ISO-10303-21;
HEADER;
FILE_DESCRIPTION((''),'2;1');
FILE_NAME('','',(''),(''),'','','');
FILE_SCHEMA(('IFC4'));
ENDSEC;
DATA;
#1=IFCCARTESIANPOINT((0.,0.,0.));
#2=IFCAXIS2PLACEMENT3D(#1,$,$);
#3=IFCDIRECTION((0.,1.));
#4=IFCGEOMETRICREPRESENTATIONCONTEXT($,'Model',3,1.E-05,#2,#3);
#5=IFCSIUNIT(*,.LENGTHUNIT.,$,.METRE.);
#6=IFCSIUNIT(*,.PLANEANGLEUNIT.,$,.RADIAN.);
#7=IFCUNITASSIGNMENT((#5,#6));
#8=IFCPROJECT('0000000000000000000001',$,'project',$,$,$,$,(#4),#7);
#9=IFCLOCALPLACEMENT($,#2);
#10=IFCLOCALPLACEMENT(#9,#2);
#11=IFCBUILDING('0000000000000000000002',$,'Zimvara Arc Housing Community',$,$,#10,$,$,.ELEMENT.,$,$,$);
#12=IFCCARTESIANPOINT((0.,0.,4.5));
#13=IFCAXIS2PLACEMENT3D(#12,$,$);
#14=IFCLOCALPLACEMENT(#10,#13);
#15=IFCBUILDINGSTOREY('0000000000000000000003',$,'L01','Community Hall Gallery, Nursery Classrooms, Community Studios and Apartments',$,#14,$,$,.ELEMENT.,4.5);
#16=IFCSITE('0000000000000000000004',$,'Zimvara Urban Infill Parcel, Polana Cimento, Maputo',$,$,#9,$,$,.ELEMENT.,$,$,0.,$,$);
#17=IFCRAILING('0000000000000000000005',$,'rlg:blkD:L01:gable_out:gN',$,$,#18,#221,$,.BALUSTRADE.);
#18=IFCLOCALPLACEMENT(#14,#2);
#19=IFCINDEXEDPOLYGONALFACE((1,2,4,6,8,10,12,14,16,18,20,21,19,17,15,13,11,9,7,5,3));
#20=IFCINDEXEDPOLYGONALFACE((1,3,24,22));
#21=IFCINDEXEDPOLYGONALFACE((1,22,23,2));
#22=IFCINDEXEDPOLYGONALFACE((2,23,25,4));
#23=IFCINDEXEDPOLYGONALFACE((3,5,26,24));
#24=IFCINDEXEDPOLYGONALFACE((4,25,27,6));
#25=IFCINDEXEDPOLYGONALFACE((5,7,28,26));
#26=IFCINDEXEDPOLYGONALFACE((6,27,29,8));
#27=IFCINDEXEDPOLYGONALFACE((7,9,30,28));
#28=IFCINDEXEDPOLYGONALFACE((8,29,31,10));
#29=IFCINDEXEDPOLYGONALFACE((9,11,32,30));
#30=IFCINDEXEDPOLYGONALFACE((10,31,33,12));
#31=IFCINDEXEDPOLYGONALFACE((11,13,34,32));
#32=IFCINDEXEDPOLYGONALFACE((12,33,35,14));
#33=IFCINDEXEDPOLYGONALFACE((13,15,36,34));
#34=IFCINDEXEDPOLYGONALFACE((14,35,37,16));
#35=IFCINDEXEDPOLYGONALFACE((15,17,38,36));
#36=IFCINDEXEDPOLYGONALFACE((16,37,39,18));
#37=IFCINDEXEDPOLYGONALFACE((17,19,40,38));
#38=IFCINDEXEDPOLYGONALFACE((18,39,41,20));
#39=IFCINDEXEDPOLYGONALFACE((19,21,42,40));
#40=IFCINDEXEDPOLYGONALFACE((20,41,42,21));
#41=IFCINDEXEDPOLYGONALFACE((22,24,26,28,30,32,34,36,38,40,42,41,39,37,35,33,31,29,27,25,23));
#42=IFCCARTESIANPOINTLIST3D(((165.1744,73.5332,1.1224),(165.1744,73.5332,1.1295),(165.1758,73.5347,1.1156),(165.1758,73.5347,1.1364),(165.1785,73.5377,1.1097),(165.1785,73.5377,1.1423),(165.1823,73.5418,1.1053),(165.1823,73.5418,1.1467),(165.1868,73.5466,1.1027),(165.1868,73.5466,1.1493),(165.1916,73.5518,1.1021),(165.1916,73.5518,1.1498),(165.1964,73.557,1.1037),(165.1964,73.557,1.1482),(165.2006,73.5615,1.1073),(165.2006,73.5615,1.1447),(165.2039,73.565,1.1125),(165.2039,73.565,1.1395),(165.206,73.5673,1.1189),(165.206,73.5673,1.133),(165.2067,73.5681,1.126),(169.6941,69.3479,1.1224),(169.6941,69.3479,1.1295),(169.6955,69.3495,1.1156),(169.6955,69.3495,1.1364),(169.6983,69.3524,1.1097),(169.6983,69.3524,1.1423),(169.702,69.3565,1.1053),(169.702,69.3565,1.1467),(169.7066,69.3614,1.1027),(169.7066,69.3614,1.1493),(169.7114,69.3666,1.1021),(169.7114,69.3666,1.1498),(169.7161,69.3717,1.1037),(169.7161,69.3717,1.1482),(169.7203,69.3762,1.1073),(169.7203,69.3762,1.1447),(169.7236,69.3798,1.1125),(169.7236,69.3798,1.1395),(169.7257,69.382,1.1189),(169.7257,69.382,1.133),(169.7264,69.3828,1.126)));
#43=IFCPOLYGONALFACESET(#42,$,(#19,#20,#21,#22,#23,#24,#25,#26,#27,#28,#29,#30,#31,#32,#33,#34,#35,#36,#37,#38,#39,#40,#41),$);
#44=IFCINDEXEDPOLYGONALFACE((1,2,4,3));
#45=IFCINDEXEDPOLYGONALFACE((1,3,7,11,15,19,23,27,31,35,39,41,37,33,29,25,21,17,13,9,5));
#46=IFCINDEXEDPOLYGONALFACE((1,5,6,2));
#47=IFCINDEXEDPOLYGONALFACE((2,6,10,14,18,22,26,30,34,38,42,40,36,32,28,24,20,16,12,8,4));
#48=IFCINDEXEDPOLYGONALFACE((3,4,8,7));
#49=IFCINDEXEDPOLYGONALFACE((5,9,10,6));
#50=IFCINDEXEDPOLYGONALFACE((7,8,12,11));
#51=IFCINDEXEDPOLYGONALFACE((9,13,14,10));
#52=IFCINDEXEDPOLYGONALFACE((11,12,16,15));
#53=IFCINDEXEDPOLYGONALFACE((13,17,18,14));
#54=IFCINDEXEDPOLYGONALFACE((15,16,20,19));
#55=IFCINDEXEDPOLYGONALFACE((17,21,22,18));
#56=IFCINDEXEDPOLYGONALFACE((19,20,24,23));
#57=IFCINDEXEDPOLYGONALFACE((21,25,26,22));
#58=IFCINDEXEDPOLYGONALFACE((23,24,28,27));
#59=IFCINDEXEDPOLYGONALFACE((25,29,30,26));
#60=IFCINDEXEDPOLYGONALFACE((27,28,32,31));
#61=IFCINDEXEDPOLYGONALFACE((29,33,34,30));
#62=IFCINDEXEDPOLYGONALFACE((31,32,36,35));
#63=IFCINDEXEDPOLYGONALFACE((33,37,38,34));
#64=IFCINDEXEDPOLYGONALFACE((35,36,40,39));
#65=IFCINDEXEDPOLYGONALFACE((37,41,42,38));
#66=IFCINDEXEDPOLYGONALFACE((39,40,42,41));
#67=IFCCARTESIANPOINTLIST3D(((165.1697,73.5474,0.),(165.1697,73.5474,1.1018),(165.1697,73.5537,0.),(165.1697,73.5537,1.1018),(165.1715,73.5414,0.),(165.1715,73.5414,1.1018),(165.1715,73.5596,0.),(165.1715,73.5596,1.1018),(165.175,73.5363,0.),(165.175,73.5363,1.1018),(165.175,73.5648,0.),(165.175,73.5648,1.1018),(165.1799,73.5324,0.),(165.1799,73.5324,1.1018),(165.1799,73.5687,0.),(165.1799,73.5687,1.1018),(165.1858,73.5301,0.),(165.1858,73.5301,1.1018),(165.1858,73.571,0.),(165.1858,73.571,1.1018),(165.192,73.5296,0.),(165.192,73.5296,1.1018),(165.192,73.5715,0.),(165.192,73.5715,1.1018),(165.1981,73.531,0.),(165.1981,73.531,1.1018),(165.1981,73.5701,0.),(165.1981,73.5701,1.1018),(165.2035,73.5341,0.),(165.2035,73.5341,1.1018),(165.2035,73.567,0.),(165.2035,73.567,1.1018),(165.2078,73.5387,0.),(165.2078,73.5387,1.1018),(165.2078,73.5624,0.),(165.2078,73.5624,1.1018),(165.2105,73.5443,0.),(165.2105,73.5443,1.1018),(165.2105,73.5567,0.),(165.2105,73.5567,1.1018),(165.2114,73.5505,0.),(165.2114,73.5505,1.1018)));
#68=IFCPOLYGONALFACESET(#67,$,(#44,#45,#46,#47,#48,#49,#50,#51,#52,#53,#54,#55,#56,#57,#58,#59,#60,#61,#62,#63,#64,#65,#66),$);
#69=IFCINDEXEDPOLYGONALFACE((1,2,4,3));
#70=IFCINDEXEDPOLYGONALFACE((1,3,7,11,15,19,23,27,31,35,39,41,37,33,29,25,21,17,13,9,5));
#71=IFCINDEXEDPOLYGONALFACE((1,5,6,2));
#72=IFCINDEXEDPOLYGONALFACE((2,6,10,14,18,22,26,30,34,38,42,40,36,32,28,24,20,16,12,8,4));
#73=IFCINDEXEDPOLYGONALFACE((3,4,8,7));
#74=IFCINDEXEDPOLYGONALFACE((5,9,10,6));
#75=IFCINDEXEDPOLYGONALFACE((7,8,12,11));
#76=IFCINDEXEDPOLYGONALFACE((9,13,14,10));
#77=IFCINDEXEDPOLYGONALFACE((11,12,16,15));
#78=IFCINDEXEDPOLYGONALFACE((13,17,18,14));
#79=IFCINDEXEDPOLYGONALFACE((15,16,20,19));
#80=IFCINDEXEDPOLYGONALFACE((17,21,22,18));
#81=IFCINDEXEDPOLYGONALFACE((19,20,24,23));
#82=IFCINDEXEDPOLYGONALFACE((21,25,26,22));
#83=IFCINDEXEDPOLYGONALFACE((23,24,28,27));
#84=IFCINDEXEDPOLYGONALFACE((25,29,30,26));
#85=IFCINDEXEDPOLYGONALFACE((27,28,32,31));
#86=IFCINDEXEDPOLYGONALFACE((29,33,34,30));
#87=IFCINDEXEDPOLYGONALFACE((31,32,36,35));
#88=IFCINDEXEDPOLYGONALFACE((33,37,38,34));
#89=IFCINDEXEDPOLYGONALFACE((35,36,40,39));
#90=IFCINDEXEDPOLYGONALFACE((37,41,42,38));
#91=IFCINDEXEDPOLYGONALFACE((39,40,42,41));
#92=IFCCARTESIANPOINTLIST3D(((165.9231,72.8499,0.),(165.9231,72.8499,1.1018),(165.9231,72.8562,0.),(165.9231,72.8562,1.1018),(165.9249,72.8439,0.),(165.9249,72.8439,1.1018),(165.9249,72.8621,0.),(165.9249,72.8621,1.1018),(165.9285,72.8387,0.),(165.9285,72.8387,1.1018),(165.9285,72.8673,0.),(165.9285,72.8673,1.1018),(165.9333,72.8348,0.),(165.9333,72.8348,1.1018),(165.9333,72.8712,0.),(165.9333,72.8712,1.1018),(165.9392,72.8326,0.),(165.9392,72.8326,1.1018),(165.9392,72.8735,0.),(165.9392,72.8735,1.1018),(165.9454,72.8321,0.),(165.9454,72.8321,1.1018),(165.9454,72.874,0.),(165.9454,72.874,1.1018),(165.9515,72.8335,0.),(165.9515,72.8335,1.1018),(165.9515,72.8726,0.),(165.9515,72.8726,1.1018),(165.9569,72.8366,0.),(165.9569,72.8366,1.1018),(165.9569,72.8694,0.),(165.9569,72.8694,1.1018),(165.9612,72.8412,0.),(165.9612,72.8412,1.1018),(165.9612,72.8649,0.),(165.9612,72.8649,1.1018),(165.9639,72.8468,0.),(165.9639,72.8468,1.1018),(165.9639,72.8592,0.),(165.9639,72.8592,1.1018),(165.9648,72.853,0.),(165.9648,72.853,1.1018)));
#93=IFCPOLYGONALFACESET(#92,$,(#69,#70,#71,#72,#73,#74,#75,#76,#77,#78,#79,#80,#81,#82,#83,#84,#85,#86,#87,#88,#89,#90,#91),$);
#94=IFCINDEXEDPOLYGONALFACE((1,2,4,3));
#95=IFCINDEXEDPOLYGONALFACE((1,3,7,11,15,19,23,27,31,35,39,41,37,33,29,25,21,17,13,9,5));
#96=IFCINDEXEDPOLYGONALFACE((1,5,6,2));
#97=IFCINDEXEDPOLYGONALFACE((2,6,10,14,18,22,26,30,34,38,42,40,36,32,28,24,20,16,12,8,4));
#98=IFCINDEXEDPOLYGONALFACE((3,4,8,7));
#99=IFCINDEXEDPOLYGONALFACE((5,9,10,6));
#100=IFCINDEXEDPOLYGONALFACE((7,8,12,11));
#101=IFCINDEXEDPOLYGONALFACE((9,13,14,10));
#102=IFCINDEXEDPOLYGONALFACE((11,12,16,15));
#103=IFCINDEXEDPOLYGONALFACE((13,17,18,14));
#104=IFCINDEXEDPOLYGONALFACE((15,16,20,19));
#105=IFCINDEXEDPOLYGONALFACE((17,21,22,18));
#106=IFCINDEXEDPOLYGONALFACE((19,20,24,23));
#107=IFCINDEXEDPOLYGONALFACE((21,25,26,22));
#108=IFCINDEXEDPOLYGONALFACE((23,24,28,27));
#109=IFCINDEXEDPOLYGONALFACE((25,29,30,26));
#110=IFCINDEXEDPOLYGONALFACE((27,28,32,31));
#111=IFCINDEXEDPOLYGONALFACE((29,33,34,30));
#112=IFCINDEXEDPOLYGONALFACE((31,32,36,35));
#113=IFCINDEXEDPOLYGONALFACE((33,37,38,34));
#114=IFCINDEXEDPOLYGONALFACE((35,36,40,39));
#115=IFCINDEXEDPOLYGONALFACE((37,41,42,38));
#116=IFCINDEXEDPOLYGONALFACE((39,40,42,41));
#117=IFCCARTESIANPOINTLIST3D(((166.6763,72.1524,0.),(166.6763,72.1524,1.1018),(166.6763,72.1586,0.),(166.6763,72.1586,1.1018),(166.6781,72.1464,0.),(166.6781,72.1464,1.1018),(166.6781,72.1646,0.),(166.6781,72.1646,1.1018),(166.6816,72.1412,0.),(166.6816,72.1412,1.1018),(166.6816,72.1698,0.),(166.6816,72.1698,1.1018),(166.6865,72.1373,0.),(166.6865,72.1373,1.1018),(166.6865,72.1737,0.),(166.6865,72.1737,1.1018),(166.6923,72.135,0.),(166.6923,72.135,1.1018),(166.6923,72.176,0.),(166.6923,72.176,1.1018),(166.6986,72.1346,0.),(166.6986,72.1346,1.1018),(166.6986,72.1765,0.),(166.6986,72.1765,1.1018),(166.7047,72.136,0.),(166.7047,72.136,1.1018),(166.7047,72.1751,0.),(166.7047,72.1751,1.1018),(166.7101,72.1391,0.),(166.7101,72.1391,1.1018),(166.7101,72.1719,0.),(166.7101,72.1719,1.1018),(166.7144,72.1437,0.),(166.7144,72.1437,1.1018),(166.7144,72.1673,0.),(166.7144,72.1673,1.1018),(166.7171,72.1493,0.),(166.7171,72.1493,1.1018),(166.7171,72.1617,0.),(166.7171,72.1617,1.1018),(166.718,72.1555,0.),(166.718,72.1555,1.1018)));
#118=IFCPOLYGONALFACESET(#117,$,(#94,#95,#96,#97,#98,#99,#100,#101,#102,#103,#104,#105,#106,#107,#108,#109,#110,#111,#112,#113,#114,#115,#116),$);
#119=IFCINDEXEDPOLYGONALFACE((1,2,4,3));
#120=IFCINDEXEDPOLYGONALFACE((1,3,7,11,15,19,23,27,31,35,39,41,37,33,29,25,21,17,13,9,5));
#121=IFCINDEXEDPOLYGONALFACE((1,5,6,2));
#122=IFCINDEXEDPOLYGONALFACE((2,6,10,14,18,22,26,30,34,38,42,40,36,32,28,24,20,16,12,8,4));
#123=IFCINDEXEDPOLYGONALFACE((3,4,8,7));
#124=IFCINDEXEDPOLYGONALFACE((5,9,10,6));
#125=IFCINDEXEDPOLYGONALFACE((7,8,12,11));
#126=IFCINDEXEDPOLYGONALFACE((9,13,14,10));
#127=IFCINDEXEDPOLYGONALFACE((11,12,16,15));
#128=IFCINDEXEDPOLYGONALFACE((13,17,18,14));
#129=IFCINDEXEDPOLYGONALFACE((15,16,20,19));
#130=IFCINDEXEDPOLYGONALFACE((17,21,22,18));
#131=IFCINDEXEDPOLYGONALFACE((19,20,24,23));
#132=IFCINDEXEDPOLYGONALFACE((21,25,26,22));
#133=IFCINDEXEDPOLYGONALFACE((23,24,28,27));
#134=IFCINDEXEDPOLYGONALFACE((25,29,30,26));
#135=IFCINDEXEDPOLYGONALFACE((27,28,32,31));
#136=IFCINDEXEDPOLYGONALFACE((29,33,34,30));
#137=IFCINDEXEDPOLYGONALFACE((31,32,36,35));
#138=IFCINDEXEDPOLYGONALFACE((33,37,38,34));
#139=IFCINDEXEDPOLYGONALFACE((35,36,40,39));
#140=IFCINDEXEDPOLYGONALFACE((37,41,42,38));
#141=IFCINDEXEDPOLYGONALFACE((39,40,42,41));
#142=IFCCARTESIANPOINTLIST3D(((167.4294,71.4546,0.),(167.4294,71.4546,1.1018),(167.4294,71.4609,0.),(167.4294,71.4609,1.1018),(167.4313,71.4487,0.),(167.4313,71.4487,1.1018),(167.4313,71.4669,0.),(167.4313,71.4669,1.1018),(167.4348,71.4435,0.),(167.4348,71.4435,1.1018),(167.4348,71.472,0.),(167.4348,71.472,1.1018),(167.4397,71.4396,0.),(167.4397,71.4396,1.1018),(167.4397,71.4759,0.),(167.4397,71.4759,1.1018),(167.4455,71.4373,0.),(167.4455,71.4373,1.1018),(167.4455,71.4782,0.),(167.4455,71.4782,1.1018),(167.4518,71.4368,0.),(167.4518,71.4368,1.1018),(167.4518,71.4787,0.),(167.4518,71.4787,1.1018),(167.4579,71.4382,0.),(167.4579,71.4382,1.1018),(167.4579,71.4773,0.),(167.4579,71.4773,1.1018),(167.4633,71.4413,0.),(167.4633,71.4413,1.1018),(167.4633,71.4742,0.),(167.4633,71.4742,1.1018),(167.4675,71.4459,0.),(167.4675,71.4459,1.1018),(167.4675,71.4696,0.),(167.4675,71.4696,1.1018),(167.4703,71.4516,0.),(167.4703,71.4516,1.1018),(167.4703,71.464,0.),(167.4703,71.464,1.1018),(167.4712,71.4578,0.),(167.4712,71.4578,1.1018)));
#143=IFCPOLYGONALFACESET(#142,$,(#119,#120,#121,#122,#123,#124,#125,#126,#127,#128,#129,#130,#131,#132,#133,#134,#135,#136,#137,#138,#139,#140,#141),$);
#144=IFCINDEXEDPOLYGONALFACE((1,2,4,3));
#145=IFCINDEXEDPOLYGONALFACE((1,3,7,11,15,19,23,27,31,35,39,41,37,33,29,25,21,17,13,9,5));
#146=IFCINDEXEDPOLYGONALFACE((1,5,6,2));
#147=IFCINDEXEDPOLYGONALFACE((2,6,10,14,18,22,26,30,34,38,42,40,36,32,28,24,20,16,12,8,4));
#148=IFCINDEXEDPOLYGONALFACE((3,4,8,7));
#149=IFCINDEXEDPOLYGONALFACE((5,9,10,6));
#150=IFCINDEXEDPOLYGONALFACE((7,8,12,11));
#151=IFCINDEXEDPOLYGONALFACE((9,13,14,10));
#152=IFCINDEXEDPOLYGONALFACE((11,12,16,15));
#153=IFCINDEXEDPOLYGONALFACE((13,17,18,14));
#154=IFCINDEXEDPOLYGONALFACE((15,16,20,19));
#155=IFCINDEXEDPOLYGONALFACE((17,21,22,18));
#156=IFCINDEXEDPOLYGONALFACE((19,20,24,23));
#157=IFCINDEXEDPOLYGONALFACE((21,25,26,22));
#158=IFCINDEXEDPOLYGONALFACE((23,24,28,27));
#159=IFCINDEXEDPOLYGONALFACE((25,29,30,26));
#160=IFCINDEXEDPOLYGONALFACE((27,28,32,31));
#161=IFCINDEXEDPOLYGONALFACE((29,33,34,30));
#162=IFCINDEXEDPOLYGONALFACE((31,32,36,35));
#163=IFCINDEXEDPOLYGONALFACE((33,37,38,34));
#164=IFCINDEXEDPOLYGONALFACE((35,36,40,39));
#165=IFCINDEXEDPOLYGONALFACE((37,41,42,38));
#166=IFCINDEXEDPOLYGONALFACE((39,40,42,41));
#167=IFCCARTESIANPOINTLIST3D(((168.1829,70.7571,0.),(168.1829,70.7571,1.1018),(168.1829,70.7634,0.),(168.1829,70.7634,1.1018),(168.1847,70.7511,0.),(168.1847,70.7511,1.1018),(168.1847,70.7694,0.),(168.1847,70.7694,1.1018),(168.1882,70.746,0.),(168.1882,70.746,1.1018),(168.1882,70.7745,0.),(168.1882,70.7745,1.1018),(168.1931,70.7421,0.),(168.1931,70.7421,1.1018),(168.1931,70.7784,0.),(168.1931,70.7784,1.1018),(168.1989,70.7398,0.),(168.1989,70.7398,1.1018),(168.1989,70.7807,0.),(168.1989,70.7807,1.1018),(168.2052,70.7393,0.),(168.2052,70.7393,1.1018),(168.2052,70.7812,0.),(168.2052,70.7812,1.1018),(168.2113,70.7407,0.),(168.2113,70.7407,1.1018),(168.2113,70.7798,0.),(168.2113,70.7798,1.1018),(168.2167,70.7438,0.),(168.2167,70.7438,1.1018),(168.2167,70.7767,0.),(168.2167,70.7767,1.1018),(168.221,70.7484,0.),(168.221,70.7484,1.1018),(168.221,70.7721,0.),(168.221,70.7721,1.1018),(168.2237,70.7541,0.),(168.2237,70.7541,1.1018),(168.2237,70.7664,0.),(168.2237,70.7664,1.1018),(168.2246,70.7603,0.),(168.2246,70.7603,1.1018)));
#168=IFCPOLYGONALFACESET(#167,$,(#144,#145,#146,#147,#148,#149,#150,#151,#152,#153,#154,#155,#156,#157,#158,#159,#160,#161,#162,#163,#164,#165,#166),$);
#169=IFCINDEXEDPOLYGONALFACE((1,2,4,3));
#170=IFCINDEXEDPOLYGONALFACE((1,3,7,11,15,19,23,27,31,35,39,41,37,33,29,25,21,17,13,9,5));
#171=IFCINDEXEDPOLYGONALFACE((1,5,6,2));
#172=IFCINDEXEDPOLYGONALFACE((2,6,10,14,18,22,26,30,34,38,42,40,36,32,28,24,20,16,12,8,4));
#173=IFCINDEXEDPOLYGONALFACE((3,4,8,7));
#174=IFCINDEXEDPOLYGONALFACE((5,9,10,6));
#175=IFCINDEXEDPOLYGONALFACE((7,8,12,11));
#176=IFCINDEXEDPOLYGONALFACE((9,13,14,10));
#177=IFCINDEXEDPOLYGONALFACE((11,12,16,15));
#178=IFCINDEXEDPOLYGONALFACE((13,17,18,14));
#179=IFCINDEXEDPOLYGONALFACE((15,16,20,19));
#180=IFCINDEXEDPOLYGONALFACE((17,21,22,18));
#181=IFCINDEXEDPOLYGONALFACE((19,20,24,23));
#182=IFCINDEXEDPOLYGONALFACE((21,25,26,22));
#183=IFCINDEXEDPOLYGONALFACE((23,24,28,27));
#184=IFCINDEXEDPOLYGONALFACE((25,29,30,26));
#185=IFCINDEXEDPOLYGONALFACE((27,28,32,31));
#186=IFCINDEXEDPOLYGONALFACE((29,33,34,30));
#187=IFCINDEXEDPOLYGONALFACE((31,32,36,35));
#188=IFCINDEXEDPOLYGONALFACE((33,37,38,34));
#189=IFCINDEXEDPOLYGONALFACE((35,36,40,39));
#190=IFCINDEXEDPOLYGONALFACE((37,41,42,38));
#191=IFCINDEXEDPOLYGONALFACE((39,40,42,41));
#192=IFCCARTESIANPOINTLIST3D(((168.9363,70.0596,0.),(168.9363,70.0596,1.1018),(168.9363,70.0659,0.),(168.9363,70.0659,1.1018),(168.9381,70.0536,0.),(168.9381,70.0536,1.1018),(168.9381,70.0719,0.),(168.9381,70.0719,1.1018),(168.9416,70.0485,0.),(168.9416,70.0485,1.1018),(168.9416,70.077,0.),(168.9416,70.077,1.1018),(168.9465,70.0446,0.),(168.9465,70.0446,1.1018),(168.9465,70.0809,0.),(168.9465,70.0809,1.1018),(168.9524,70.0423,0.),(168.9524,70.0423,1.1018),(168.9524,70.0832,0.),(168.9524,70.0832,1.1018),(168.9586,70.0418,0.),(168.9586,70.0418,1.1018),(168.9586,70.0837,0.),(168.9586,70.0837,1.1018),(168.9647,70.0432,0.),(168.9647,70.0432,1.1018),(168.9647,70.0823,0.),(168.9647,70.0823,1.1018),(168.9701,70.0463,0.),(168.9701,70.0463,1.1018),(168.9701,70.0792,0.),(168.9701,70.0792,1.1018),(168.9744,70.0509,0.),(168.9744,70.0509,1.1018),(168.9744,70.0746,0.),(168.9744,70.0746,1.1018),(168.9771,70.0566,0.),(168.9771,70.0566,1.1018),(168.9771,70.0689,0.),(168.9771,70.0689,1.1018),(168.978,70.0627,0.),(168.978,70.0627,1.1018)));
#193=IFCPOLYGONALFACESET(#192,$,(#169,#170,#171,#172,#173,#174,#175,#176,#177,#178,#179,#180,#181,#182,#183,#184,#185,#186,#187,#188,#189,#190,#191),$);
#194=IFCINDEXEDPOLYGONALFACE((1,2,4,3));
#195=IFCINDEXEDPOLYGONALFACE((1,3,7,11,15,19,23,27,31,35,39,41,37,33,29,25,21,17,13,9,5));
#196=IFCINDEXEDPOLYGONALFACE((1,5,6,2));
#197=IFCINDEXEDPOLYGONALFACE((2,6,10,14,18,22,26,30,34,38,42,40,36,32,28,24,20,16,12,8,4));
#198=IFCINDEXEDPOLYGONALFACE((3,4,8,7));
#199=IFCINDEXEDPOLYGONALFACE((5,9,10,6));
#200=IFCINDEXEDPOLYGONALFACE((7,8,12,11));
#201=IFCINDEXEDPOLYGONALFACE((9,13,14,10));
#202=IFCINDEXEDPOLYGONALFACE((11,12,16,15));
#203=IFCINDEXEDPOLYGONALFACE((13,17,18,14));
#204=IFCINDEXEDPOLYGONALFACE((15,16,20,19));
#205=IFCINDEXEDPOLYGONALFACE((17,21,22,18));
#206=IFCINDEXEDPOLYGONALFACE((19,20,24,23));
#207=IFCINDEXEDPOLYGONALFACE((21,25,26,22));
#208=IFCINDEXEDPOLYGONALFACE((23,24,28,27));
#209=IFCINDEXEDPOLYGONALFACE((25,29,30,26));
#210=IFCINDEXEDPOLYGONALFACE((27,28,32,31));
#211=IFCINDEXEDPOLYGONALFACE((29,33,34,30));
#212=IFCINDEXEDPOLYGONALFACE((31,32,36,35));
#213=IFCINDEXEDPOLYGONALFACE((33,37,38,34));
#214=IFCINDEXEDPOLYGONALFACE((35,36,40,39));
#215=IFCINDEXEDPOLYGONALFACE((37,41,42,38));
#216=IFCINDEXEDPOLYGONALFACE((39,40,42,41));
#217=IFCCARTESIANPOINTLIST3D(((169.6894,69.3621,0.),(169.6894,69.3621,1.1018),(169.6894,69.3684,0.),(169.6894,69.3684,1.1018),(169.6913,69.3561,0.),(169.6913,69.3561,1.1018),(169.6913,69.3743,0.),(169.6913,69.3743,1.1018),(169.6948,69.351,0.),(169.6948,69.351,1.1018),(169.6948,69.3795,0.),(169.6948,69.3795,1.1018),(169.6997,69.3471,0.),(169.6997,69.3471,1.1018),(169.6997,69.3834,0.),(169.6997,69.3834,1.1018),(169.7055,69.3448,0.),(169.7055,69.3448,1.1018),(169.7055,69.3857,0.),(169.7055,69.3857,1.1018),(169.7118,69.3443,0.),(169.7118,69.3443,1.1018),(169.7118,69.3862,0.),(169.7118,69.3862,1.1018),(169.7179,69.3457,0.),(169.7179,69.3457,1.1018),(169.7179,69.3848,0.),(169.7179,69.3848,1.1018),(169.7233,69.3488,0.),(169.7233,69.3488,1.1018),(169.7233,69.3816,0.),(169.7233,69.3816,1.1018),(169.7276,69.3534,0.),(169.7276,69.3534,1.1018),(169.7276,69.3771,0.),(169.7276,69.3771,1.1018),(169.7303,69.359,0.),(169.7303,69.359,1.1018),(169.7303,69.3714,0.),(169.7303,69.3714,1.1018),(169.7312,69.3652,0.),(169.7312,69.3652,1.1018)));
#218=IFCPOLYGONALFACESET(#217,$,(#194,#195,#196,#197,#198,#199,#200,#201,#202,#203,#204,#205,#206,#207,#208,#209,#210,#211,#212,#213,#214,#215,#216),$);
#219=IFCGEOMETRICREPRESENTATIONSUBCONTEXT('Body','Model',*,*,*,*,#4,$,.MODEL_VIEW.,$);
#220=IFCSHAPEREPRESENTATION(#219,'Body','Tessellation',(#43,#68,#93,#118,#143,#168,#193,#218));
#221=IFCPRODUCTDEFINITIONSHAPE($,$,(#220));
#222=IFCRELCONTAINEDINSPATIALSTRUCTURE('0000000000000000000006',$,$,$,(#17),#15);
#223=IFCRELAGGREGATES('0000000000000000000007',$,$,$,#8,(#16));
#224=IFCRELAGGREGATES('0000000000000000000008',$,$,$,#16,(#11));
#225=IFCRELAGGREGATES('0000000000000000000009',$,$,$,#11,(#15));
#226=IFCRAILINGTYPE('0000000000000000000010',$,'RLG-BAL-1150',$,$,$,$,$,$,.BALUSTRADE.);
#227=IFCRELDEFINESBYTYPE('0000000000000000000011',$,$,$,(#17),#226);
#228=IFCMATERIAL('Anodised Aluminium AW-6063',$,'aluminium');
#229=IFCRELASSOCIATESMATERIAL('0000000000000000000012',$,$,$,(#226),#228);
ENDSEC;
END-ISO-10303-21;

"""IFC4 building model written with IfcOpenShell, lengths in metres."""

from ifc_helpers import new_model, si_unit, direction, frame, origin, origin_2d, place, context, subcontext, project, spatial, circle, extrude, material, type_object, element, save


model = new_model("IFC4")

# Units and contexts
model_context = context("Model", 3, precision=1e-05, world=origin(), true_north=direction((0.0, 1.0)))
body_context = subcontext(model_context, "Body", "Model", "MODEL_VIEW")
ifc_project = project(units=[si_unit("LENGTHUNIT", "METRE"), si_unit("PLANEANGLEUNIT", "RADIAN")], contexts=[model_context])

# Site, building, storey
site_placement = place(None, origin())
site = spatial("IfcSite", under=ifc_project, at=site_placement, Name="Zimvara Urban Infill Parcel, Polana Cimento, Maputo", CompositionType="ELEMENT", RefElevation=0.0)
building_placement = place(site_placement, origin())
building = spatial("IfcBuilding", under=site, at=building_placement, Name="Zimvara Arc Housing Community", CompositionType="ELEMENT")
storey_placement = place(building_placement, frame((0.0, 0.0, 4.5)))
storey = spatial("IfcBuildingStorey", under=building, at=storey_placement, Name="L01", Description="Community Hall Gallery, Nursery Classrooms, Community Studios and Apartments", CompositionType="ELEMENT", Elevation=4.5)

# Railing
ifc_material_1 = material(Name="Anodised Aluminium AW-6063", Category="aluminium")
railing_type_1 = type_object("IfcRailingType", Name="RLG-BAL-1150", PredefinedType="BALUSTRADE", material=ifc_material_1)
railing_1_placement = place(storey_placement, frame((165.1904, 73.5505, 0.0)))
element("IfcRailing", 1, at=railing_1_placement, inside=storey, type_object=railing_type_1, Name="rlg:blkD:L01:gable_out:gN", PredefinedType="BALUSTRADE", context=body_context, shape_type="SweptSolid", body=[
    extrude(circle(Radius=0.0239, at=origin_2d()), frame((0.0, 0.0, 1.126), z_axis=(0.733734, -0.679436, 0.0), x_axis=(0.679436, 0.733734, 0.0)), (0.0, 0.0, 1.0), 6.1599),
    extrude(circle(Radius=0.021, at=origin_2d()), origin(), (0.0, 0.0, 1.0), 1.1018),
    extrude(circle(Radius=0.021, at=origin_2d()), frame((0.7534, -0.6975, 0.0)), (0.0, 0.0, 1.0), 1.1018),
    extrude(circle(Radius=0.021, at=origin_2d()), frame((1.5066, -1.395, 0.0)), (0.0, 0.0, 1.0), 1.1018),
    extrude(circle(Radius=0.021, at=origin_2d()), frame((2.2598, -2.0928, 0.0)), (0.0, 0.0, 1.0), 1.1018),
    extrude(circle(Radius=0.021, at=origin_2d()), frame((3.0132, -2.7903, 0.0)), (0.0, 0.0, 1.0), 1.1018),
    extrude(circle(Radius=0.021, at=origin_2d()), frame((3.7666, -3.4878, 0.0)), (0.0, 0.0, 1.0), 1.1018),
    extrude(circle(Radius=0.021, at=origin_2d()), frame((4.5198, -4.1853, 0.0)), (0.0, 0.0, 1.0), 1.1018),
])

save(model, "model.ifc")
